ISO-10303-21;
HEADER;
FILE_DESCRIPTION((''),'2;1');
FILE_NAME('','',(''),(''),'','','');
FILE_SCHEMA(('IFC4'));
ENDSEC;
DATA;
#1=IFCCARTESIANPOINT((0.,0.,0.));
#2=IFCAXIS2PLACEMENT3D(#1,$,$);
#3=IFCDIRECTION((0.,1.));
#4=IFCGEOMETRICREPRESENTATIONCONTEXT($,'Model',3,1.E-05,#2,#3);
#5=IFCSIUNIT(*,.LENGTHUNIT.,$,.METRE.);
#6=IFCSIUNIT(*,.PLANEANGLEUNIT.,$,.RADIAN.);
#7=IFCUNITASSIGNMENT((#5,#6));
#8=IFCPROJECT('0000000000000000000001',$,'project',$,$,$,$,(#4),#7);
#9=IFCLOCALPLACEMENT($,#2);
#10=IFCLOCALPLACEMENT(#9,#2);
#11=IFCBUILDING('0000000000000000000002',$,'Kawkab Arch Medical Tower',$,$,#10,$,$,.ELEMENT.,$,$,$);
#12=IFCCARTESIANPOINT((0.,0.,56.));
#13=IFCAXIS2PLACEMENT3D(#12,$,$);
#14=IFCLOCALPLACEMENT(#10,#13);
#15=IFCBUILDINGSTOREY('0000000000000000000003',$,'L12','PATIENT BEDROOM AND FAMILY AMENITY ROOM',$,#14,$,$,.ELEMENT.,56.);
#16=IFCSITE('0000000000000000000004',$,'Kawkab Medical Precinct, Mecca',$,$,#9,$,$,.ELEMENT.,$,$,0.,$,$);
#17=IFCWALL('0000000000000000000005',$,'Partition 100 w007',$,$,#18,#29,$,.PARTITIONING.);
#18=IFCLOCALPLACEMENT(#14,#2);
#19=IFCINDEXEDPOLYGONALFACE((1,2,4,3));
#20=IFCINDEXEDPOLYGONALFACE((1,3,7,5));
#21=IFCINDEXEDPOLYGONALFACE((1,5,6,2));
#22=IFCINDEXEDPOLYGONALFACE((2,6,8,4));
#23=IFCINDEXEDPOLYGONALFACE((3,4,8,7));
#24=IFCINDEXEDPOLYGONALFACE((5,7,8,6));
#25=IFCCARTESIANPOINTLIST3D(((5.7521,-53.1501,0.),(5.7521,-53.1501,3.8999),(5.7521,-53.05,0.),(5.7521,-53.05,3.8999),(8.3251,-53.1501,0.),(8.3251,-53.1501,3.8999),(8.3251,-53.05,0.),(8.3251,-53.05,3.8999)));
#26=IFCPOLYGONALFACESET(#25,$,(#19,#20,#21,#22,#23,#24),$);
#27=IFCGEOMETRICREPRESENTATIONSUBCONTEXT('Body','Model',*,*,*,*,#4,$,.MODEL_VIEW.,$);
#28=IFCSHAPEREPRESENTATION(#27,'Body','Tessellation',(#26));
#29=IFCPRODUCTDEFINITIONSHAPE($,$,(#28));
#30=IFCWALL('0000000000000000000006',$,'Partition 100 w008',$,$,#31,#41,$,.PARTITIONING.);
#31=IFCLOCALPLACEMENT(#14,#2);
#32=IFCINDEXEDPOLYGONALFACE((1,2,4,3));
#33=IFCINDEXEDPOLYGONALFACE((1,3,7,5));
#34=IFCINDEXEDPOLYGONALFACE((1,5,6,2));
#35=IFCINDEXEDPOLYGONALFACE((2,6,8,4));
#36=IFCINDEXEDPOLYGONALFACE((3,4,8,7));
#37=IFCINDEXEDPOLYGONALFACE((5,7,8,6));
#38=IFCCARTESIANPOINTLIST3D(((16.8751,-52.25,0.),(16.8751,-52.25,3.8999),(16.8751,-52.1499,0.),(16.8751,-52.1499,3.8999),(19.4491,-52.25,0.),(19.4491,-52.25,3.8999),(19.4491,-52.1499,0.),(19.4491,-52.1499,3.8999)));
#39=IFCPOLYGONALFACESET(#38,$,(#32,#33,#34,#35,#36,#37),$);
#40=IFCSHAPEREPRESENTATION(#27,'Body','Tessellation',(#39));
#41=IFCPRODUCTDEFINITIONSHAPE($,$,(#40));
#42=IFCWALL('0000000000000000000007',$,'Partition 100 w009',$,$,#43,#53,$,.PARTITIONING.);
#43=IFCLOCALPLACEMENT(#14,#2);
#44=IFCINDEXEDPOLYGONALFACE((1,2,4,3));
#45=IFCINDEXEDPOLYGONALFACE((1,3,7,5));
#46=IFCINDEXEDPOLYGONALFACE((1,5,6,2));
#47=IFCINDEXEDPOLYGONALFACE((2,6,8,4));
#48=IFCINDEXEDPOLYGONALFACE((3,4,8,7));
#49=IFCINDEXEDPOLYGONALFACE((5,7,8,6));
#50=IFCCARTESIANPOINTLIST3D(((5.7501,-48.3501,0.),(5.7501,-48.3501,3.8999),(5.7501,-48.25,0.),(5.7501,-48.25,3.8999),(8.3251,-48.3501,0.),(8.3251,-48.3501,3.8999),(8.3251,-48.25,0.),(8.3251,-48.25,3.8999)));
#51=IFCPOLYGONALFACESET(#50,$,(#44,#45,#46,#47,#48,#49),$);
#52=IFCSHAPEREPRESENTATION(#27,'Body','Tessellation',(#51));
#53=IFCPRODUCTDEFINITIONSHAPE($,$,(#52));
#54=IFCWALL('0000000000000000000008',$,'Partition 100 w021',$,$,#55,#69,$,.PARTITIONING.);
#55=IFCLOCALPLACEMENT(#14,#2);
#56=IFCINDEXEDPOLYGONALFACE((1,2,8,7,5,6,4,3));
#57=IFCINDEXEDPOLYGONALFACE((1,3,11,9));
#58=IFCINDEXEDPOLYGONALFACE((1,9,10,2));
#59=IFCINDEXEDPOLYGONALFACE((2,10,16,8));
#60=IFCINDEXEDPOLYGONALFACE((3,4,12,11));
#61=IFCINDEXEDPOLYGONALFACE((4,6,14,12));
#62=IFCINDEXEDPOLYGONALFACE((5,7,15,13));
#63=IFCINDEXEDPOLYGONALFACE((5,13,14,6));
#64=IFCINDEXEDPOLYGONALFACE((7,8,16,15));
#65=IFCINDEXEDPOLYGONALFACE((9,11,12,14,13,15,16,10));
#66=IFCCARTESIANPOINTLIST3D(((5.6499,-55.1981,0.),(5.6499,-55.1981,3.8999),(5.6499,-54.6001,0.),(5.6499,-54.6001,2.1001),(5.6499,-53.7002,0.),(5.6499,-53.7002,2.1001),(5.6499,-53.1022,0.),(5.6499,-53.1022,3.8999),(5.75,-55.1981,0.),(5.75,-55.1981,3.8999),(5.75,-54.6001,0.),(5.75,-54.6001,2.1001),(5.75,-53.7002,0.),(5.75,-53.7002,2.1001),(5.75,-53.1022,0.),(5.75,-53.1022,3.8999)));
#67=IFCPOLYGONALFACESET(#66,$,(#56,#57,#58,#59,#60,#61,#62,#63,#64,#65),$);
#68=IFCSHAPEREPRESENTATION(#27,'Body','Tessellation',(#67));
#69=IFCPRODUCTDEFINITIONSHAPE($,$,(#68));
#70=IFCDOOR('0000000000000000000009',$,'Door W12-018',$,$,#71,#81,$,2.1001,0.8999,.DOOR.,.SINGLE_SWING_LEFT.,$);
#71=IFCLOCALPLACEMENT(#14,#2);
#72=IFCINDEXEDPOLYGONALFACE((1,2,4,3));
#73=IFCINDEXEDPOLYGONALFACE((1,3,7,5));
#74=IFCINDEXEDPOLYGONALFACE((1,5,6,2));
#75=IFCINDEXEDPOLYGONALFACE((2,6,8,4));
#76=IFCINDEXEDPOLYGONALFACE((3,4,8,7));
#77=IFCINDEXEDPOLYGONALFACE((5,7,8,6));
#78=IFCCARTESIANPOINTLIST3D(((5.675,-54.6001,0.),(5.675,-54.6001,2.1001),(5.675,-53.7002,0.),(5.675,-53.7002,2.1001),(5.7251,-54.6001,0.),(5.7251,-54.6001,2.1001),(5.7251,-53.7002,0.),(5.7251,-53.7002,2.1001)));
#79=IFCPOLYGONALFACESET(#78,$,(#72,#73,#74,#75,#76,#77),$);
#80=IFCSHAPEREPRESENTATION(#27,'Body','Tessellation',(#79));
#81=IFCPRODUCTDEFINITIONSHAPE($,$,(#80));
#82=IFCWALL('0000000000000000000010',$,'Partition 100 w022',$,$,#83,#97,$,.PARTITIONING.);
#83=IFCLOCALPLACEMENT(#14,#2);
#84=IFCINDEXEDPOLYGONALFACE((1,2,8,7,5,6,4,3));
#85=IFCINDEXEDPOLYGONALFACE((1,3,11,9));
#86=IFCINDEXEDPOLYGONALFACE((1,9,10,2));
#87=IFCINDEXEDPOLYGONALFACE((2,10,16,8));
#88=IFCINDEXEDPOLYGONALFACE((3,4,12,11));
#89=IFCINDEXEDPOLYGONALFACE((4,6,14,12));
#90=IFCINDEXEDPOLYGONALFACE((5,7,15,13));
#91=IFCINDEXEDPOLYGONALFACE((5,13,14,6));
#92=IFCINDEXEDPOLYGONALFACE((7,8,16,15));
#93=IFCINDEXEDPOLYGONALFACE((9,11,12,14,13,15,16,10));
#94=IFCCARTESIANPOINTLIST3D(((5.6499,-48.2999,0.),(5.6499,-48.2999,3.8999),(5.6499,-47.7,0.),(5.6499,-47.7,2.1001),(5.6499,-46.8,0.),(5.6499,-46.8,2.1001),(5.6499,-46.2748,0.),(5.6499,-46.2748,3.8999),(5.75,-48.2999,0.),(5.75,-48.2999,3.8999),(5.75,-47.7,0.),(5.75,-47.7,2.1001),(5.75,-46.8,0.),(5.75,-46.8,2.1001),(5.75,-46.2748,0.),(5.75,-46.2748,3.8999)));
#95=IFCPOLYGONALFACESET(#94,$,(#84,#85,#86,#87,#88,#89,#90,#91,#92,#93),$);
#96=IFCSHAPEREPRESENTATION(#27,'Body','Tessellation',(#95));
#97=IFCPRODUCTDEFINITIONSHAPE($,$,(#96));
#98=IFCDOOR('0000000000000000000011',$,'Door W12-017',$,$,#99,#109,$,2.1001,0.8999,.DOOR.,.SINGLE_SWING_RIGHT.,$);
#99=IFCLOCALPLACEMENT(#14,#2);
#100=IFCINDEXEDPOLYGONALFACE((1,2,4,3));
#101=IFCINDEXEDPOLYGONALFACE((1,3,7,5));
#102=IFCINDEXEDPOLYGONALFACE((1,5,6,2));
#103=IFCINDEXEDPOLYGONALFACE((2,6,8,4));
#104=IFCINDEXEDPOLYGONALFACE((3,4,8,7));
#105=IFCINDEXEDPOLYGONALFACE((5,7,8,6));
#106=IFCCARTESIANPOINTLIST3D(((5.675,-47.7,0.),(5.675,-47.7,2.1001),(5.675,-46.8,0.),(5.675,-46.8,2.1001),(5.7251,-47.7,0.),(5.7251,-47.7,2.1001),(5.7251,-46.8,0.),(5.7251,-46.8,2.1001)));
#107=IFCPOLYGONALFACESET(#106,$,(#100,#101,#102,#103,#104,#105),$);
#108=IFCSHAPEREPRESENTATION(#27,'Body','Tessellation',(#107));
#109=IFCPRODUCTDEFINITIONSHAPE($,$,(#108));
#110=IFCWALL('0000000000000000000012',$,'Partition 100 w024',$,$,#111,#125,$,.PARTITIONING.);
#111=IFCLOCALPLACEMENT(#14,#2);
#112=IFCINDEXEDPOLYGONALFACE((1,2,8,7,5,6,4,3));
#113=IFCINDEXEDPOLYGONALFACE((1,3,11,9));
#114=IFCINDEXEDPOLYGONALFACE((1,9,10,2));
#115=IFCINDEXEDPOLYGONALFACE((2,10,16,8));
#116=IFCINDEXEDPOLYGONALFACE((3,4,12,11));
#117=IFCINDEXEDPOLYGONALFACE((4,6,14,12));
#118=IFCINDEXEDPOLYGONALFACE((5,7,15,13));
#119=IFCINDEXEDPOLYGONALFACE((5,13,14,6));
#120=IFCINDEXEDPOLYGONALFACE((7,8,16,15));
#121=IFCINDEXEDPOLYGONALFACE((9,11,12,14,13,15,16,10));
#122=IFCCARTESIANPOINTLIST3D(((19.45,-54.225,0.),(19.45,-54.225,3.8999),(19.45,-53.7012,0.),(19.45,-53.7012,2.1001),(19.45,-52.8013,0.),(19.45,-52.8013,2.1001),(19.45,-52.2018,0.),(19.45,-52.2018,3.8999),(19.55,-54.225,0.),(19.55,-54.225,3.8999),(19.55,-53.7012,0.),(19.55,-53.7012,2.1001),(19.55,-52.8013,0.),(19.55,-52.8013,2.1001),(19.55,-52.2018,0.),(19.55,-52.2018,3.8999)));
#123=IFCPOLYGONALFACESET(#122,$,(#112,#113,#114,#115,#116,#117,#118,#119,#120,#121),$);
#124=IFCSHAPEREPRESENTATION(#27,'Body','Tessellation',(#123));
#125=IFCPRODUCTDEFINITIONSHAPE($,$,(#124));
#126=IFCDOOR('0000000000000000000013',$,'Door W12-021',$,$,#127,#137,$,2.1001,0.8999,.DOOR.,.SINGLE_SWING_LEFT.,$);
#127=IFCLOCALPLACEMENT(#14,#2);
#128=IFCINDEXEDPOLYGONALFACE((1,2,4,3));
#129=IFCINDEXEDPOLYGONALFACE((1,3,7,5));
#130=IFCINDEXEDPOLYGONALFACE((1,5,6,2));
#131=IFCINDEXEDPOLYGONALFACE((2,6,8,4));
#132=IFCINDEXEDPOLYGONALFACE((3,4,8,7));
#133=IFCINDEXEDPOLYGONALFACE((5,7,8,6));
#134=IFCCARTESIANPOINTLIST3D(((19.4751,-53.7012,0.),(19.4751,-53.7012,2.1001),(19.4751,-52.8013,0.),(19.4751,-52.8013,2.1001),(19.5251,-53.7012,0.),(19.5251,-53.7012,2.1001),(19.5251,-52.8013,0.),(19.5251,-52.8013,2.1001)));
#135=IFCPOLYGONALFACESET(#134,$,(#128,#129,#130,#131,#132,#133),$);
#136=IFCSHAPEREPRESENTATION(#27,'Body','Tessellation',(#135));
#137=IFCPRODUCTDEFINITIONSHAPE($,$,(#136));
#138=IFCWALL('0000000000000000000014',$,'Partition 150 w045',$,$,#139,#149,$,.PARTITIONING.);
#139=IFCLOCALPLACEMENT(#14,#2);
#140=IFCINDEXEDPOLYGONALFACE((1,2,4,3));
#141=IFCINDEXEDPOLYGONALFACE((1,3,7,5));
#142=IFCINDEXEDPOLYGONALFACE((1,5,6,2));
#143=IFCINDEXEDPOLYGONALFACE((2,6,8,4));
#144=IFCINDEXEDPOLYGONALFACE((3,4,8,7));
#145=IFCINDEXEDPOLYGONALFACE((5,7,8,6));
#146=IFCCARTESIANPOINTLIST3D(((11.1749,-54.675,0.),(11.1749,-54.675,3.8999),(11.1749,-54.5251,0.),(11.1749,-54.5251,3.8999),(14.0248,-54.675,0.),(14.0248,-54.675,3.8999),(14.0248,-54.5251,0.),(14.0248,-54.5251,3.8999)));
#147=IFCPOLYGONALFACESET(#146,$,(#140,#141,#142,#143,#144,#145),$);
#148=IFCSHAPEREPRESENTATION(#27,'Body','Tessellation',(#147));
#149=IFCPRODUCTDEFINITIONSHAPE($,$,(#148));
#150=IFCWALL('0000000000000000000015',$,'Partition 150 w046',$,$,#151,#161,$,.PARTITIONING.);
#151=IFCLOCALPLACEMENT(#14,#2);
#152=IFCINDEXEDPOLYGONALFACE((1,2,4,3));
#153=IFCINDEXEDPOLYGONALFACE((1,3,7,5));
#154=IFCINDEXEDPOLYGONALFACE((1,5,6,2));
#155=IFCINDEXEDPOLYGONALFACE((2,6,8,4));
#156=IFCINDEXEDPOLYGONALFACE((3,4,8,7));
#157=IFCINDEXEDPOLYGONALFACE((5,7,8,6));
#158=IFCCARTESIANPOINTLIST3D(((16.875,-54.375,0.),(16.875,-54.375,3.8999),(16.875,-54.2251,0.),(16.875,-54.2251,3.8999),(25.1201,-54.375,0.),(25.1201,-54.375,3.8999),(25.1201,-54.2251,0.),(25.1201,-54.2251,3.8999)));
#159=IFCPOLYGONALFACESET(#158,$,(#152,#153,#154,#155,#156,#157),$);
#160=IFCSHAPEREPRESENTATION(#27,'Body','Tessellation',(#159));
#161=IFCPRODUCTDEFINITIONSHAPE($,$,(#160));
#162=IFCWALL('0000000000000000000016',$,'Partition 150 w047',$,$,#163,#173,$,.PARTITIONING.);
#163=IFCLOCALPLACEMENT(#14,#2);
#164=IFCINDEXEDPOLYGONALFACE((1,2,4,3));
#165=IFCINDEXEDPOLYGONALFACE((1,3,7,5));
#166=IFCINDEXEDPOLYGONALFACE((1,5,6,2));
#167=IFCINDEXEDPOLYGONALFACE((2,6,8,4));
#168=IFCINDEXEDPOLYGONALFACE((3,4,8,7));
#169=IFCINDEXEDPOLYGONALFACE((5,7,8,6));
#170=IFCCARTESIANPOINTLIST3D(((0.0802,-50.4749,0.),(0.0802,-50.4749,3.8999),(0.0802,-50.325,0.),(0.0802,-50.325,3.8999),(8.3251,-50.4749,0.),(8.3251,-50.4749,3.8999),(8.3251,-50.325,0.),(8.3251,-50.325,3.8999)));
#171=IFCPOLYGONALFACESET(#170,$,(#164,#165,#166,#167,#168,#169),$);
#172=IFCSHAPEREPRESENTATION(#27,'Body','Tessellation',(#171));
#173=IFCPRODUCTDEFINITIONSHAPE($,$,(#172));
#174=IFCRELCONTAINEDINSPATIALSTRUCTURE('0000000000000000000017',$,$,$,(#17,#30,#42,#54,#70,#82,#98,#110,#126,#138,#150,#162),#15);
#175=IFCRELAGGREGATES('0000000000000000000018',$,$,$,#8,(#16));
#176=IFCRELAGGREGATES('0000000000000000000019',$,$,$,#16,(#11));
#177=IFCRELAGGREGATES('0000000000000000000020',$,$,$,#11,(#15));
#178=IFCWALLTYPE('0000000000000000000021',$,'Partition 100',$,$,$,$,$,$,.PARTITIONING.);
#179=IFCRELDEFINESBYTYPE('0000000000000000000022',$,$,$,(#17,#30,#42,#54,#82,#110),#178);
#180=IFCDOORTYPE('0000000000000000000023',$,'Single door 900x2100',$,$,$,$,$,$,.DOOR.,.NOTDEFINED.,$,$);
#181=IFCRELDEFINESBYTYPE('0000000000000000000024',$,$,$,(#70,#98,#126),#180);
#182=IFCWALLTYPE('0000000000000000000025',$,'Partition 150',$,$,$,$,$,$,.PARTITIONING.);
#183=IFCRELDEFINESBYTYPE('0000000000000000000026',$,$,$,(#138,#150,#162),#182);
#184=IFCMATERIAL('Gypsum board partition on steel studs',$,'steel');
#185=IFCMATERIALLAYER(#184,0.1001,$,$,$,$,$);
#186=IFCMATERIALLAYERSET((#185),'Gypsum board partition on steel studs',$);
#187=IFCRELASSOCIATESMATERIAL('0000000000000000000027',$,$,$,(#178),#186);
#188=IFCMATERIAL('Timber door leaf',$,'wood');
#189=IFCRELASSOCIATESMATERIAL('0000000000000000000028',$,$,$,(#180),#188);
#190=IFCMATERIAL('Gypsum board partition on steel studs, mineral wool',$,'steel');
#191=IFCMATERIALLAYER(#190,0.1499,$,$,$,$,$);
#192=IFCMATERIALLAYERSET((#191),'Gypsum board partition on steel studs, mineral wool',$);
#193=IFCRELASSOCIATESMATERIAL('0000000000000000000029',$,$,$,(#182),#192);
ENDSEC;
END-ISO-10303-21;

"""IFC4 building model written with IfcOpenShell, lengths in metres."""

from ifc_helpers import new_model, si_unit, direction, frame, frame_2d, origin, place, context, subcontext, project, spatial, rectangle, extrude, material, layer, layer_set, type_object, element, fill, save


model = new_model("IFC4")

# Units and contexts
model_context = context("Model", 3, precision=1e-05, world=origin(), true_north=direction((0.0, 1.0)))
body_context = subcontext(model_context, "Body", "Model", "MODEL_VIEW")
ifc_project = project(units=[si_unit("LENGTHUNIT", "METRE"), si_unit("PLANEANGLEUNIT", "RADIAN")], contexts=[model_context])

# Site, building, storey
site_placement = place(None, origin())
site = spatial("IfcSite", under=ifc_project, at=site_placement, Name="Kawkab Medical Precinct, Mecca", CompositionType="ELEMENT", RefElevation=0.0)
building_placement = place(site_placement, origin())
building = spatial("IfcBuilding", under=site, at=building_placement, Name="Kawkab Arch Medical Tower", CompositionType="ELEMENT")
storey_placement = place(building_placement, frame((0.0, 0.0, 56.0)))
storey = spatial("IfcBuildingStorey", under=building, at=storey_placement, Name="L12", Description="PATIENT BEDROOM AND FAMILY AMENITY ROOM", CompositionType="ELEMENT", Elevation=56.0)

# Walls
ifc_material_1 = material(Name="Gypsum board partition on steel studs", Category="steel")
ifc_layer_1 = layer(ifc_material_1, 0.1001)
ifc_layer_set_1 = layer_set([ifc_layer_1], Name="Gypsum board partition on steel studs")
wall_type_1 = type_object("IfcWallType", Name="Partition 100", PredefinedType="PARTITIONING", material=ifc_layer_set_1)
wall_1_placement = place(storey_placement, frame((5.752, -53.1001, 0.0), z_axis=(0.0, 0.0, 1.0), x_axis=(1.0, 0.0, 0.0)))
element("IfcWall", 1, at=wall_1_placement, inside=storey, type_object=wall_type_1, Name="Partition 100 w007", PredefinedType="PARTITIONING", context=body_context, shape_type="SweptSolid", body=[
    extrude(rectangle(XDim=2.573, YDim=0.1001, at=frame_2d((1.2866, 0.0))), origin(), (0.0, 0.0, 1.0), 3.8999),
])
wall_2_placement = place(storey_placement, frame((16.875, -52.2, 0.0), z_axis=(0.0, 0.0, 1.0), x_axis=(1.0, 0.0, 0.0)))
element("IfcWall", 2, at=wall_2_placement, inside=storey, type_object=wall_type_1, Name="Partition 100 w008", PredefinedType="PARTITIONING", context=body_context, shape_type="SweptSolid", body=[
    extrude(rectangle(XDim=2.574, YDim=0.1001, at=frame_2d((1.2871, 0.0))), origin(), (0.0, 0.0, 1.0), 3.8999),
])
wall_3_placement = place(storey_placement, frame((5.75, -48.3, 0.0), z_axis=(0.0, 0.0, 1.0), x_axis=(1.0, 0.0, 0.0)))
element("IfcWall", 3, at=wall_3_placement, inside=storey, type_object=wall_type_1, Name="Partition 100 w009", PredefinedType="PARTITIONING", context=body_context, shape_type="SweptSolid", body=[
    extrude(rectangle(XDim=2.575, YDim=0.1001, at=frame_2d((1.2876, 0.0))), origin(), (0.0, 0.0, 1.0), 3.8999),
])

# Walls, openings, doors
wall_4_placement = place(storey_placement, frame((5.7, -55.198, 0.0), z_axis=(0.0, 0.0, 1.0), x_axis=(0.0, 1.0, 0.0)))
wall_4 = element("IfcWall", 4, at=wall_4_placement, inside=storey, type_object=wall_type_1, Name="Partition 100 w021", PredefinedType="PARTITIONING", context=body_context, shape_type="SweptSolid", body=[
    extrude(rectangle(XDim=2.0959, YDim=0.1001, at=frame_2d((1.0479, 0.0))), origin(), (0.0, 0.0, 1.0), 3.8999),
])
opening_1_placement = place(wall_4_placement, frame((0.5979, 0.0, 0.0)))
opening_1 = element("IfcOpeningElement", 5, at=opening_1_placement, cuts=wall_4, PredefinedType="OPENING", context=body_context, shape_type="SweptSolid", body=[
    extrude(rectangle(XDim=0.8999, YDim=2.1001, at=frame_2d((0.45, 1.05))), frame((0.0, 0.0601, 0.0), z_axis=(0.0, -1.0, 0.0), x_axis=(1.0, 0.0, 0.0)), (0.0, 0.0, 1.0), 0.1201),
])
ifc_material_2 = material(Name="Timber door leaf", Category="wood")
door_type_1 = type_object("IfcDoorType", Name="Single door 900x2100", OperationType="NOTDEFINED", PredefinedType="DOOR", material=ifc_material_2)
door_1_placement = place(opening_1_placement, origin())
door_1 = element("IfcDoor", 6, at=door_1_placement, inside=storey, type_object=door_type_1, Name="Door W12-018", OperationType="SINGLE_SWING_LEFT", OverallHeight=2.1001, OverallWidth=0.8999, PredefinedType="DOOR", context=body_context, shape_type="SweptSolid", body=[
    extrude(rectangle(XDim=0.8999, YDim=2.1001, at=frame_2d((0.45, 1.05))), frame((0.0, 0.0249, 0.0), z_axis=(0.0, -1.0, 0.0), x_axis=(1.0, 0.0, 0.0)), (0.0, 0.0, 1.0), 0.05),
])
fill(opening_1, door_1)
wall_5_placement = place(storey_placement, frame((5.7, -48.3, 0.0), z_axis=(0.0, 0.0, 1.0), x_axis=(0.0, 1.0, 0.0)))
wall_5 = element("IfcWall", 7, at=wall_5_placement, inside=storey, type_object=wall_type_1, Name="Partition 100 w022", PredefinedType="PARTITIONING", context=body_context, shape_type="SweptSolid", body=[
    extrude(rectangle(XDim=2.0251, YDim=0.1001, at=frame_2d((1.0127, 0.0))), origin(), (0.0, 0.0, 1.0), 3.8999),
])
opening_2_placement = place(wall_5_placement, frame((0.6001, 0.0, 0.0)))
opening_2 = element("IfcOpeningElement", 8, at=opening_2_placement, cuts=wall_5, PredefinedType="OPENING", context=body_context, shape_type="SweptSolid", body=[
    extrude(rectangle(XDim=0.8999, YDim=2.1001, at=frame_2d((0.45, 1.05))), frame((0.0, 0.0601, 0.0), z_axis=(0.0, -1.0, 0.0), x_axis=(1.0, 0.0, 0.0)), (0.0, 0.0, 1.0), 0.1201),
])
door_2_placement = place(opening_2_placement, origin())
door_2 = element("IfcDoor", 9, at=door_2_placement, inside=storey, type_object=door_type_1, Name="Door W12-017", OperationType="SINGLE_SWING_RIGHT", OverallHeight=2.1001, OverallWidth=0.8999, PredefinedType="DOOR", context=body_context, shape_type="SweptSolid", body=[
    extrude(rectangle(XDim=0.8999, YDim=2.1001, at=frame_2d((0.45, 1.05))), frame((0.0, 0.0249, 0.0), z_axis=(0.0, -1.0, 0.0), x_axis=(1.0, 0.0, 0.0)), (0.0, 0.0, 1.0), 0.05),
])
fill(opening_2, door_2)
wall_6_placement = place(storey_placement, frame((19.5, -54.2251, 0.0), z_axis=(0.0, 0.0, 1.0), x_axis=(0.0, 1.0, 0.0)))
wall_6 = element("IfcWall", 10, at=wall_6_placement, inside=storey, type_object=wall_type_1, Name="Partition 100 w024", PredefinedType="PARTITIONING", context=body_context, shape_type="SweptSolid", body=[
    extrude(rectangle(XDim=2.0232, YDim=0.1001, at=frame_2d((1.0117, 0.0))), origin(), (0.0, 0.0, 1.0), 3.8999),
])
opening_3_placement = place(wall_6_placement, frame((0.5239, 0.0, 0.0)))
opening_3 = element("IfcOpeningElement", 11, at=opening_3_placement, cuts=wall_6, PredefinedType="OPENING", context=body_context, shape_type="SweptSolid", body=[
    extrude(rectangle(XDim=0.8999, YDim=2.1001, at=frame_2d((0.45, 1.05))), frame((0.0, 0.0601, 0.0), z_axis=(0.0, -1.0, 0.0), x_axis=(1.0, 0.0, 0.0)), (0.0, 0.0, 1.0), 0.1201),
])
door_3_placement = place(opening_3_placement, origin())
door_3 = element("IfcDoor", 12, at=door_3_placement, inside=storey, type_object=door_type_1, Name="Door W12-021", OperationType="SINGLE_SWING_LEFT", OverallHeight=2.1001, OverallWidth=0.8999, PredefinedType="DOOR", context=body_context, shape_type="SweptSolid", body=[
    extrude(rectangle(XDim=0.8999, YDim=2.1001, at=frame_2d((0.45, 1.05))), frame((0.0, 0.0249, 0.0), z_axis=(0.0, -1.0, 0.0), x_axis=(1.0, 0.0, 0.0)), (0.0, 0.0, 1.0), 0.05),
])
fill(opening_3, door_3)

# Walls
ifc_material_3 = material(Name="Gypsum board partition on steel studs, mineral wool", Category="steel")
ifc_layer_2 = layer(ifc_material_3, 0.1499)
ifc_layer_set_2 = layer_set([ifc_layer_2], Name="Gypsum board partition on steel studs, mineral wool")
wall_type_2 = type_object("IfcWallType", Name="Partition 150", PredefinedType="PARTITIONING", material=ifc_layer_set_2)
wall_7_placement = place(storey_placement, frame((11.175, -54.6001, 0.0), z_axis=(0.0, 0.0, 1.0), x_axis=(1.0, 0.0, 0.0)))
element("IfcWall", 13, at=wall_7_placement, inside=storey, type_object=wall_type_2, Name="Partition 150 w045", PredefinedType="PARTITIONING", context=body_context, shape_type="SweptSolid", body=[
    extrude(rectangle(XDim=2.8499, YDim=0.1499, at=frame_2d((1.4248, 0.0))), origin(), (0.0, 0.0, 1.0), 3.8999),
])
wall_8_placement = place(storey_placement, frame((16.875, -54.3, 0.0), z_axis=(0.0, 0.0, 1.0), x_axis=(1.0, 0.0, 0.0)))
element("IfcWall", 14, at=wall_8_placement, inside=storey, type_object=wall_type_2, Name="Partition 150 w046", PredefinedType="PARTITIONING", context=body_context, shape_type="SweptSolid", body=[
    extrude(rectangle(XDim=8.2451, YDim=0.1499, at=frame_2d((4.1226, 0.0))), origin(), (0.0, 0.0, 1.0), 3.8999),
])
wall_9_placement = place(storey_placement, frame((0.0801, -50.3999, 0.0), z_axis=(0.0, 0.0, 1.0), x_axis=(1.0, 0.0, 0.0)))
element("IfcWall", 15, at=wall_9_placement, inside=storey, type_object=wall_type_2, Name="Partition 150 w047", PredefinedType="PARTITIONING", context=body_context, shape_type="SweptSolid", body=[
    extrude(rectangle(XDim=8.2449, YDim=0.1499, at=frame_2d((4.1226, 0.0))), origin(), (0.0, 0.0, 1.0), 3.8999),
])

save(model, "model.ifc")
